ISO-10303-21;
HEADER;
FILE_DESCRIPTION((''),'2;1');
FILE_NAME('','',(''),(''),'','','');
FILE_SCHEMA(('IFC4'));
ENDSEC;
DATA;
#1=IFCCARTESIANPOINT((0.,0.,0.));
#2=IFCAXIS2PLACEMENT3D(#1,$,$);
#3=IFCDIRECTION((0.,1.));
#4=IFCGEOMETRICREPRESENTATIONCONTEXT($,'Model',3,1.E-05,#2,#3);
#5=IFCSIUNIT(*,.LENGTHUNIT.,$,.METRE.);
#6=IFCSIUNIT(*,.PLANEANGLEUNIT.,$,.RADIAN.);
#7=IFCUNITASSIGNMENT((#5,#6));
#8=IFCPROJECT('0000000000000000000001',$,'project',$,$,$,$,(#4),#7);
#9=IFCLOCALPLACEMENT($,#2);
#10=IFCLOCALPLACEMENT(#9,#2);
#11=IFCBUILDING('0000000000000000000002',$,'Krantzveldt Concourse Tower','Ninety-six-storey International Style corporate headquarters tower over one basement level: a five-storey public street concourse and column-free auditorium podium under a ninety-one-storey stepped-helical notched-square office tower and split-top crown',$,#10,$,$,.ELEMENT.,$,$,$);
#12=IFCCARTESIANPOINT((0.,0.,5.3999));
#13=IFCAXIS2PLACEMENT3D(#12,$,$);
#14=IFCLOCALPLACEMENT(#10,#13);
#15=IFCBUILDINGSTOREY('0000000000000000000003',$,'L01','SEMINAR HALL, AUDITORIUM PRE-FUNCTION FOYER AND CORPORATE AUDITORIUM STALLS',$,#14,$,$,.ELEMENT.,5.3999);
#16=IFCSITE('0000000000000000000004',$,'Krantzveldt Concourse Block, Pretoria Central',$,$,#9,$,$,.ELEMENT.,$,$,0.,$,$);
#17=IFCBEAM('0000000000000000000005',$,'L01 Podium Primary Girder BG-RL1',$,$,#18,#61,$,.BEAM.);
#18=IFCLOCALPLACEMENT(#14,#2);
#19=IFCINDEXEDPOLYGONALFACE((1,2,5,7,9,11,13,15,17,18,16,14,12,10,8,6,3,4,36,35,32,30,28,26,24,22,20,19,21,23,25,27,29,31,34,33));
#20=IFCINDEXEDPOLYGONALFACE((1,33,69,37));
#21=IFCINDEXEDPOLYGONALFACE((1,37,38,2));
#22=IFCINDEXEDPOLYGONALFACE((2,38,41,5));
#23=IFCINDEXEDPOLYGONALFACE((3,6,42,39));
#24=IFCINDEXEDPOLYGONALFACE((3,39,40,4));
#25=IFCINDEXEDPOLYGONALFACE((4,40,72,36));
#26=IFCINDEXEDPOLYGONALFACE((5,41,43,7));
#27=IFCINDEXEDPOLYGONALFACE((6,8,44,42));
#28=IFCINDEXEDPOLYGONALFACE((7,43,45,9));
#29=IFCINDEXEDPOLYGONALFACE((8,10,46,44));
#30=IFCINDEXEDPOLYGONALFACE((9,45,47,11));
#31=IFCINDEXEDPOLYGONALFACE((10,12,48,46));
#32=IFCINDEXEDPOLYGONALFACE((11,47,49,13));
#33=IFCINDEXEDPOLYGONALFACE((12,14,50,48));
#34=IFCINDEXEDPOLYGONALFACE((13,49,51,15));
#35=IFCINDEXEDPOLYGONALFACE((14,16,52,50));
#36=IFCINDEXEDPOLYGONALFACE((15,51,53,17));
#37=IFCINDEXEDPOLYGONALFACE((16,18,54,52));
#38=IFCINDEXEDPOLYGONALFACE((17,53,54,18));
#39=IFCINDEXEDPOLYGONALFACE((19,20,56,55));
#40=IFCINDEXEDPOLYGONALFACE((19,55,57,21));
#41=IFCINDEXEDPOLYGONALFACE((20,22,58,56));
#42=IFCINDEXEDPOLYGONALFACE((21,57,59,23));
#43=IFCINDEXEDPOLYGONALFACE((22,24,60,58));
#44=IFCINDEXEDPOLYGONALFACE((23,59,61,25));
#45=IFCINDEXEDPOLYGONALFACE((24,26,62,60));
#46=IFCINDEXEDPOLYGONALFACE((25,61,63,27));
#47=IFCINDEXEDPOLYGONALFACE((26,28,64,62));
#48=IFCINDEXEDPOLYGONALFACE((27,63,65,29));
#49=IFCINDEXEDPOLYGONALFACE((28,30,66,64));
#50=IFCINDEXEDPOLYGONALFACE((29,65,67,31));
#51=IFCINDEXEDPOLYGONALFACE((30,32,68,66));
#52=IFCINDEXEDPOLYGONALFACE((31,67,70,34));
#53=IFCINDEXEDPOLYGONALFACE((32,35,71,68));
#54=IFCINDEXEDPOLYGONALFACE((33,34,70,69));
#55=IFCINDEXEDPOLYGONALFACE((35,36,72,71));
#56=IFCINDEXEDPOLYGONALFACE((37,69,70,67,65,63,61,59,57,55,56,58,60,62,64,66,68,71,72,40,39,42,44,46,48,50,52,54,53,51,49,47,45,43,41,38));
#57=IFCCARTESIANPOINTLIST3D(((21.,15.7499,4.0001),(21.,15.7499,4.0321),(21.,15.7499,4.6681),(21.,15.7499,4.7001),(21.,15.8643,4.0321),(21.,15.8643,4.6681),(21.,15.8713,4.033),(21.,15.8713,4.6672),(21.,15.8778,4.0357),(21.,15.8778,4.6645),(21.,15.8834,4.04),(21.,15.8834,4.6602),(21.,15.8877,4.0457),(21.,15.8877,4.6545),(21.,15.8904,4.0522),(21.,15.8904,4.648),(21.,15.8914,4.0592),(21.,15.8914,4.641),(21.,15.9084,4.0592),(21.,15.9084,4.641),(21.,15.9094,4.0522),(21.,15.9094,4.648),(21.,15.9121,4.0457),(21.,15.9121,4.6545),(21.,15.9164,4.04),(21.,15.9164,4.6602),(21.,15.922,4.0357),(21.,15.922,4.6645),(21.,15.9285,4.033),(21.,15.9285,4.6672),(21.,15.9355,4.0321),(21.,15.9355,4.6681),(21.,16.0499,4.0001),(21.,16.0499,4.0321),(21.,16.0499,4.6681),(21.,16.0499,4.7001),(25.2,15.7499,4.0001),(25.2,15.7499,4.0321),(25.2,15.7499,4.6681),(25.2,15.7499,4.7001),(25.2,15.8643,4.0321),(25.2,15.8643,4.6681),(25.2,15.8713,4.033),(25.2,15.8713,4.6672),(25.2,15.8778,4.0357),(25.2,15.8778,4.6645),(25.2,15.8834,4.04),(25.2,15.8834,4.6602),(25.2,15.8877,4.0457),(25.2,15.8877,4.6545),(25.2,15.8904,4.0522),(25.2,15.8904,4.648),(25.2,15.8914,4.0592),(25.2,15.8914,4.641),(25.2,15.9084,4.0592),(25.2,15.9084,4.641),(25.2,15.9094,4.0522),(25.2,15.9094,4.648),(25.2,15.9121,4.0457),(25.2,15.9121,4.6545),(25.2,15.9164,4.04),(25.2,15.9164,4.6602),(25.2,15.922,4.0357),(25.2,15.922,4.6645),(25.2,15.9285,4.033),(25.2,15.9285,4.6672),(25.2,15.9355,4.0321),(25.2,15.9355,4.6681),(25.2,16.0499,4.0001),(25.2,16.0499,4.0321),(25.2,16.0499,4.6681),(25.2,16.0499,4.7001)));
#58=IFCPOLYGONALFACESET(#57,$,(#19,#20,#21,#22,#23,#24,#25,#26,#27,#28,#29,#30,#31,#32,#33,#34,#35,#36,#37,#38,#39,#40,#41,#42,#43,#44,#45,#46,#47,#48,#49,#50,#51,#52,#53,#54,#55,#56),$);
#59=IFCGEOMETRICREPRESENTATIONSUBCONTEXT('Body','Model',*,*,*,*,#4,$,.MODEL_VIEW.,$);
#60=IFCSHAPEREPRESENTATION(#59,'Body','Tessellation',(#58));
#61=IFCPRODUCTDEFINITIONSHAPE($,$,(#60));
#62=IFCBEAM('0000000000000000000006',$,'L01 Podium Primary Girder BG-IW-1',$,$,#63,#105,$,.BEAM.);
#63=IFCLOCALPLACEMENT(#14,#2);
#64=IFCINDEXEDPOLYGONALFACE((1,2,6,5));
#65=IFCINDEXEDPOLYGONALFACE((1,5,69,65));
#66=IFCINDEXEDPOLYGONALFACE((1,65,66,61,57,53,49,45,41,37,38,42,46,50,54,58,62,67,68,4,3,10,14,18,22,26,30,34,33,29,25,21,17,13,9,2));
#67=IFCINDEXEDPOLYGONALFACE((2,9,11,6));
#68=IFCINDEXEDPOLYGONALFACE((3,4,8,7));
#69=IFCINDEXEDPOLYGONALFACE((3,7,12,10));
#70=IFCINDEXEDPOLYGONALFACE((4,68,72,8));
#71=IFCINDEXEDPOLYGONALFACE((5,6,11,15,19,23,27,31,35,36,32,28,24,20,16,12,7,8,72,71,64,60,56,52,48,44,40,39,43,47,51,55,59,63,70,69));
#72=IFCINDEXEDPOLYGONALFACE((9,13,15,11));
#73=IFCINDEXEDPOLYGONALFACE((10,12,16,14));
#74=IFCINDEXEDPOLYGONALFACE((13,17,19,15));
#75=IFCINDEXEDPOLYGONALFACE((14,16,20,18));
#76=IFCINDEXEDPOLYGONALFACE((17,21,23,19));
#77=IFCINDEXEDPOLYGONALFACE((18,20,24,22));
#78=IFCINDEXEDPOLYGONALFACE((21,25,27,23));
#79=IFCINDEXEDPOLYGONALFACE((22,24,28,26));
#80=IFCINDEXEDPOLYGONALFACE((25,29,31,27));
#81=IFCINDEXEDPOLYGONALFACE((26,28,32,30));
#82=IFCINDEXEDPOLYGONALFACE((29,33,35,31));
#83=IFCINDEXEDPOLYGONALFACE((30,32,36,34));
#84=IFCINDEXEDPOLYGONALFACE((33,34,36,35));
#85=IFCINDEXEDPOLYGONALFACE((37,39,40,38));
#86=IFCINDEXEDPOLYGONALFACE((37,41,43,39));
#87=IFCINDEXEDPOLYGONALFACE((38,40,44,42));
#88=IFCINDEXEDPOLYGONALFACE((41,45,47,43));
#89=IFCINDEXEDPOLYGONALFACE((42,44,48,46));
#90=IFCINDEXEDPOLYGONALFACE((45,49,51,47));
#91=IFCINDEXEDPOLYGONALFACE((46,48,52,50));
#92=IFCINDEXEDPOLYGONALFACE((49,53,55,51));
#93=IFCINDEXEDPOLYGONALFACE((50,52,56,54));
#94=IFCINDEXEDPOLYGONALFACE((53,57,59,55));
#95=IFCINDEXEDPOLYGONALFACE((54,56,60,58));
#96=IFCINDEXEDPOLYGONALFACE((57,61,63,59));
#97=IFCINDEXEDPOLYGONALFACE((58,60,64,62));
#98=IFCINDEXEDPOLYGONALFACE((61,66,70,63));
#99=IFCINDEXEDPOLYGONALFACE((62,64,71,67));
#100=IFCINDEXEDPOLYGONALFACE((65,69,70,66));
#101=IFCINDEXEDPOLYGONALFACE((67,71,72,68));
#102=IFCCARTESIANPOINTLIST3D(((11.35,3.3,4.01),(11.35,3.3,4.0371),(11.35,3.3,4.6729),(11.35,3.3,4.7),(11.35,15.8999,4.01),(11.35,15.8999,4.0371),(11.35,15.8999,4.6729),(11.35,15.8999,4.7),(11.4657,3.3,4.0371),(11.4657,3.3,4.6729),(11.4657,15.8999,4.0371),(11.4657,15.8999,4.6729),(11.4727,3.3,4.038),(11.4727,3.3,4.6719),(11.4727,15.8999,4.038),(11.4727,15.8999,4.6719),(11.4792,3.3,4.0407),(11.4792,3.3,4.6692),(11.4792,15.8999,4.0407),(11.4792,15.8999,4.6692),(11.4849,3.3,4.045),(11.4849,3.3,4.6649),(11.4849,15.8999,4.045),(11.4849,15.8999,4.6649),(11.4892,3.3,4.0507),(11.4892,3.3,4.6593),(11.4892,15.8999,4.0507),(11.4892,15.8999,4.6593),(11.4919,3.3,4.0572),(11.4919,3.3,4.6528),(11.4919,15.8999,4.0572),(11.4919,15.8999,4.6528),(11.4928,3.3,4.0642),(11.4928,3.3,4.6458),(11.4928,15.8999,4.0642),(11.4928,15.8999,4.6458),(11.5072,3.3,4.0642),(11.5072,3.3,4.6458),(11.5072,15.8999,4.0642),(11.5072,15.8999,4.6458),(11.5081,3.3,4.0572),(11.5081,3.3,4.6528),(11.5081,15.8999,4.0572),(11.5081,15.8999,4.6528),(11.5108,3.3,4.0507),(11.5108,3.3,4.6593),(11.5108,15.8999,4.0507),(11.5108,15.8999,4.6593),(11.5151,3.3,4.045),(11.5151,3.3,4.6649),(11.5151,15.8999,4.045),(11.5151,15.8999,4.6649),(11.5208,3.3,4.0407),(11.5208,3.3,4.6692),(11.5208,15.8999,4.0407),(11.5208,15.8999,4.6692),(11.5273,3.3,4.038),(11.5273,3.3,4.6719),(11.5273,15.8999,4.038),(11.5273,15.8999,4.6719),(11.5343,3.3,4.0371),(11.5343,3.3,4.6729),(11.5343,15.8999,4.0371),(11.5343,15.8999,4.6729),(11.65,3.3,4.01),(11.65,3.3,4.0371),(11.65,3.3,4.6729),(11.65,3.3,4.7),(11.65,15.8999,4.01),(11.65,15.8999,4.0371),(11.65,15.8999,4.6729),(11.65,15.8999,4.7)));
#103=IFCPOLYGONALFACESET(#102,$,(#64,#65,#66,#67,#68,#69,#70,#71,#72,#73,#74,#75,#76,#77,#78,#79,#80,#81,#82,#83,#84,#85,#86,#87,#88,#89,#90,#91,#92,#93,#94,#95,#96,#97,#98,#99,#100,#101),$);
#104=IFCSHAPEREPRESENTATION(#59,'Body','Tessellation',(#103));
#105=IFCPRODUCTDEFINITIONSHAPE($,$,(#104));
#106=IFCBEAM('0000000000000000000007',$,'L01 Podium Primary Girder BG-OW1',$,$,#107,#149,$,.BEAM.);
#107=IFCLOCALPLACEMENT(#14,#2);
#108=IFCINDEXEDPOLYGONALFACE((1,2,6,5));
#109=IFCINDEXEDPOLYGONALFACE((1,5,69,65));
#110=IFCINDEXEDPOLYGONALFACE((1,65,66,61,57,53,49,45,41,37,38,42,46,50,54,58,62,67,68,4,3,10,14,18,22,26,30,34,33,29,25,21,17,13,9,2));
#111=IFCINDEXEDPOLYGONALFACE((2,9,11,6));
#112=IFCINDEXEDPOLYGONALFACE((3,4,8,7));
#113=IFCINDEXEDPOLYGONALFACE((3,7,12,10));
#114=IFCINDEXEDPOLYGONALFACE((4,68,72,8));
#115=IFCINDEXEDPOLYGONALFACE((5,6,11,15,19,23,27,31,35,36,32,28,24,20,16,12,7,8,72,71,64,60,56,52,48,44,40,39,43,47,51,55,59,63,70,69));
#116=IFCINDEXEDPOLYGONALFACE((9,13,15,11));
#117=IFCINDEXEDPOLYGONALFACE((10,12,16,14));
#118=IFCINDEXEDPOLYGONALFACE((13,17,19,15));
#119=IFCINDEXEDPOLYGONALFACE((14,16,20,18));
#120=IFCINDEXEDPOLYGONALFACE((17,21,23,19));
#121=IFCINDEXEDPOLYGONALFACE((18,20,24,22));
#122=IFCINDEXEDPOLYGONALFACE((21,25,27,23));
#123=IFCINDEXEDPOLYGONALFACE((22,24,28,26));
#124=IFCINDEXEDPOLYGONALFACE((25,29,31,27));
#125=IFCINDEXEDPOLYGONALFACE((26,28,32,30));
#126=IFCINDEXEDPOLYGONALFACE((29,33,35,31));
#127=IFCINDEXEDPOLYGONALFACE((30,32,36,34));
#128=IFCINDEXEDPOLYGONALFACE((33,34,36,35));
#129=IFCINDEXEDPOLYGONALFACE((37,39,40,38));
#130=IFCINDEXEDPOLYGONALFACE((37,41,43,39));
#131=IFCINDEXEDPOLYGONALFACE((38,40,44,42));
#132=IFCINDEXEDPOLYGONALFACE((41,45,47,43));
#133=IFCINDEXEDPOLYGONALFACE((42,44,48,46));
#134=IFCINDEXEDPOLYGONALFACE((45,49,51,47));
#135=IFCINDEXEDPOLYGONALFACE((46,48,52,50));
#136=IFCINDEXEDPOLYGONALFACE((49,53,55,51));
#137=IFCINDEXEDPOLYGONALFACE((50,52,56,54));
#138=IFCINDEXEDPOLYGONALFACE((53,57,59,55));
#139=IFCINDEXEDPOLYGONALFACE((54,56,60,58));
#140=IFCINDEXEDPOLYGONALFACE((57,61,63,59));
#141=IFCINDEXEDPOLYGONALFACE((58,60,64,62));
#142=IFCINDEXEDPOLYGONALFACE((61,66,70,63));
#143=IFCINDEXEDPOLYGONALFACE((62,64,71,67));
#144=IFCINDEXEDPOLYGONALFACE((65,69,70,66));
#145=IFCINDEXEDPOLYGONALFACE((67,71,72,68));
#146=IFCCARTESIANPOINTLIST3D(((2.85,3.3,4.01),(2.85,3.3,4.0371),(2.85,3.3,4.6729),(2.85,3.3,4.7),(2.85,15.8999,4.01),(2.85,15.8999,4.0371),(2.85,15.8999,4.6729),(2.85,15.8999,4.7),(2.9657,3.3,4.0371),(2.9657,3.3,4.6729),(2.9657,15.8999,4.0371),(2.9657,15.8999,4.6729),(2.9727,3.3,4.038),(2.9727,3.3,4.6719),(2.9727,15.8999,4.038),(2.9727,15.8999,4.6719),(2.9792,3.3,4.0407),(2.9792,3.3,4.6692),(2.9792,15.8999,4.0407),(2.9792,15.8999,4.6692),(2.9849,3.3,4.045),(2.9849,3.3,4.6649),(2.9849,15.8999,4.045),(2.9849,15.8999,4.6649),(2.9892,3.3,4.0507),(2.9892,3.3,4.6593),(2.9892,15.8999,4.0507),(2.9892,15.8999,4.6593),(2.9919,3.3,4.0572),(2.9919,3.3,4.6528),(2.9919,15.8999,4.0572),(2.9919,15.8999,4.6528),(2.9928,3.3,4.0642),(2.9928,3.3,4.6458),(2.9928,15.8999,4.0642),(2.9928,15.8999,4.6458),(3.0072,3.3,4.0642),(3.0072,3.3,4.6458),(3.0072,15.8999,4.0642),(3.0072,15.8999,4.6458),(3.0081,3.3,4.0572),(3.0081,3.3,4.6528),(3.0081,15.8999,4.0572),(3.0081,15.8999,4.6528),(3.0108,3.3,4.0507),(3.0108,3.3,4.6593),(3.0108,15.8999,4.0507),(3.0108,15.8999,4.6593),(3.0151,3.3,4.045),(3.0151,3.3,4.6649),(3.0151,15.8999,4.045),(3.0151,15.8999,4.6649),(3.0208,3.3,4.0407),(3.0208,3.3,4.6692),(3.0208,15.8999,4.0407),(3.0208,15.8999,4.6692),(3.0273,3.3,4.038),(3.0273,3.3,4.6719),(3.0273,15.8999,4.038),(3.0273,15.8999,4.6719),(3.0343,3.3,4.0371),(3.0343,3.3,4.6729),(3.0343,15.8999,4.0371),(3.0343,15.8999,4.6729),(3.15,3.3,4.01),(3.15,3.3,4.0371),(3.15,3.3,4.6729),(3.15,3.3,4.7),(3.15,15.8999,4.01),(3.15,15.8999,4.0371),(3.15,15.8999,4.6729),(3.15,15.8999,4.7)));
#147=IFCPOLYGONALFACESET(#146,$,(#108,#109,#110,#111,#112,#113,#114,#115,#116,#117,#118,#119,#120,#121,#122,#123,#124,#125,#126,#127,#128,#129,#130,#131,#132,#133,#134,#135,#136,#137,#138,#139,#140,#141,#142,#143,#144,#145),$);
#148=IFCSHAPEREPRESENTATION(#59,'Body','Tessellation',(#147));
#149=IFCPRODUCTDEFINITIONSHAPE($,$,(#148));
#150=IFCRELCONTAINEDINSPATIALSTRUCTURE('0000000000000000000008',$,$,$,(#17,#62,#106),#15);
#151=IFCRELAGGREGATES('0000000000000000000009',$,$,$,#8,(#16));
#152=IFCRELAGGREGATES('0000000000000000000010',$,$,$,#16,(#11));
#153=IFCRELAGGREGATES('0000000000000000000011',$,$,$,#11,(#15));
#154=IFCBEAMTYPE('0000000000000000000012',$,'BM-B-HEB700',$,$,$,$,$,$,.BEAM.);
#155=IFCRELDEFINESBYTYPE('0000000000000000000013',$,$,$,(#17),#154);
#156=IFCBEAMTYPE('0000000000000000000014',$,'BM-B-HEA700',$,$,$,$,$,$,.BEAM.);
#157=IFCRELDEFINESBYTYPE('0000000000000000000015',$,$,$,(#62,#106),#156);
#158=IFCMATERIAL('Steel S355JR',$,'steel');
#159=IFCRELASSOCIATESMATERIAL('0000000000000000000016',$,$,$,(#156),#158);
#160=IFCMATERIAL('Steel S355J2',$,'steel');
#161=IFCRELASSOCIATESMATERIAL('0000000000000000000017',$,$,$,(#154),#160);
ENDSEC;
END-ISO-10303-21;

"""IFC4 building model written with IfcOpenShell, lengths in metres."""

from ifc_helpers import new_model, si_unit, direction, frame, origin, origin_2d, place, context, subcontext, project, spatial, i_section, extrude, source, transform, mapped, material, material_profile, profile_set, type_object, type_shapes, element, save


model = new_model("IFC4")

# Units and contexts
model_context = context("Model", 3, precision=1e-05, world=origin(), true_north=direction((0.0, 1.0)))
body_context = subcontext(model_context, "Body", "Model", "MODEL_VIEW")
ifc_project = project(units=[si_unit("LENGTHUNIT", "METRE"), si_unit("PLANEANGLEUNIT", "RADIAN")], contexts=[model_context])

# Site, building, storey
site_placement = place(None, origin())
site = spatial("IfcSite", under=ifc_project, at=site_placement, Name="Krantzveldt Concourse Block, Pretoria Central", CompositionType="ELEMENT", RefElevation=0.0)
building_placement = place(site_placement, origin())
building = spatial("IfcBuilding", under=site, at=building_placement, Name="Krantzveldt Concourse Tower", Description="Ninety-six-storey International Style corporate headquarters tower over one basement level: a five-storey public street concourse and column-free auditorium podium under a ninety-one-storey stepped-helical notched-square office tower and split-top crown", CompositionType="ELEMENT")
storey_placement = place(building_placement, frame((0.0, 0.0, 5.3999)))
storey = spatial("IfcBuildingStorey", under=building, at=storey_placement, Name="L01", Description="SEMINAR HALL, AUDITORIUM PRE-FUNCTION FOYER AND CORPORATE AUDITORIUM STALLS", CompositionType="ELEMENT", Elevation=5.3999)

# Beams
ifc_material_1 = material(Name="Steel S355JR", Category="steel")
ifc_material_profile_1 = material_profile(ifc_material_1, i_section(OverallWidth=0.3, OverallDepth=0.6899, WebThickness=0.0144, FlangeThickness=0.0271, FilletRadius=0.0271, at=origin_2d()), Name="Steel S355JR", Category="steel")
ifc_profile_set_1 = profile_set([ifc_material_profile_1], Name="Steel S355JR - HEA 700")
beam_type_1 = type_object("IfcBeamType", Name="BM-B-HEA700", PredefinedType="BEAM", material=ifc_profile_set_1)
ifc_material_2 = material(Name="Steel S355J2", Category="steel")
ifc_material_profile_2 = material_profile(ifc_material_2, i_section(OverallWidth=0.3, OverallDepth=0.7, WebThickness=0.0171, FlangeThickness=0.032, FilletRadius=0.0271, at=origin_2d()), Name="Steel S355J2", Category="steel")
ifc_profile_set_2 = profile_set([ifc_material_profile_2], Name="Steel S355J2 - HEB 700")
beam_type_2 = type_object("IfcBeamType", Name="BM-B-HEB700", PredefinedType="BEAM", material=ifc_profile_set_2)
shared_shape_1 = source(origin(), body_context, "Body", "SweptSolid", [
    extrude(i_section(OverallWidth=0.3, OverallDepth=0.7, WebThickness=0.0171, FlangeThickness=0.032, FilletRadius=0.0271, at=origin_2d()), origin(), (0.0, 0.0, 1.0), 4.2),
])
type_shapes(beam_type_2, [shared_shape_1])
beam_1_placement = place(storey_placement, frame((21.0, 15.8999, 4.3501), z_axis=(1.0, 0.0, 0.0), x_axis=(0.0, 1.0, 0.0)))
element("IfcBeam", 1, at=beam_1_placement, inside=storey, type_object=beam_type_2, Name="L01 Podium Primary Girder BG-RL1", PredefinedType="BEAM", context=body_context, shape_type="MappedRepresentation", body=[
    mapped(shared_shape_1, transform((0.0, 0.0, 0.0), x_axis=(1.0, 0.0, 0.0), y_axis=(0.0, 1.0, 0.0), z_axis=(0.0, 0.0, 1.0), scale=1.0)),
])
shared_shape_2 = source(origin(), body_context, "Body", "SweptSolid", [
    extrude(i_section(OverallWidth=0.3, OverallDepth=0.6899, WebThickness=0.0144, FlangeThickness=0.0271, FilletRadius=0.0271, at=origin_2d()), origin(), (0.0, 0.0, 1.0), 12.5999),
])
for number, where, z_axis, x_axis, name in (
    (2, (11.5, 3.3, 4.355), (0.0, 1.0, 0.0), (-1.0, 0.0, 0.0), "L01 Podium Primary Girder BG-IW-1"),
    (3, (3.0, 3.3, 4.355), (0.0, 1.0, 0.0), (-1.0, 0.0, 0.0), "L01 Podium Primary Girder BG-OW1"),
):
    element("IfcBeam", number, at=place(storey_placement, frame(where, z_axis=z_axis, x_axis=x_axis)), inside=storey, type_object=beam_type_1, Name=name, PredefinedType="BEAM", context=body_context, shape_type="MappedRepresentation", body=[
        mapped(shared_shape_2, transform((0.0, 0.0, 0.0), x_axis=(1.0, 0.0, 0.0), y_axis=(0.0, 1.0, 0.0), z_axis=(0.0, 0.0, 1.0), scale=1.0)),
    ])

save(model, "model.ifc")
